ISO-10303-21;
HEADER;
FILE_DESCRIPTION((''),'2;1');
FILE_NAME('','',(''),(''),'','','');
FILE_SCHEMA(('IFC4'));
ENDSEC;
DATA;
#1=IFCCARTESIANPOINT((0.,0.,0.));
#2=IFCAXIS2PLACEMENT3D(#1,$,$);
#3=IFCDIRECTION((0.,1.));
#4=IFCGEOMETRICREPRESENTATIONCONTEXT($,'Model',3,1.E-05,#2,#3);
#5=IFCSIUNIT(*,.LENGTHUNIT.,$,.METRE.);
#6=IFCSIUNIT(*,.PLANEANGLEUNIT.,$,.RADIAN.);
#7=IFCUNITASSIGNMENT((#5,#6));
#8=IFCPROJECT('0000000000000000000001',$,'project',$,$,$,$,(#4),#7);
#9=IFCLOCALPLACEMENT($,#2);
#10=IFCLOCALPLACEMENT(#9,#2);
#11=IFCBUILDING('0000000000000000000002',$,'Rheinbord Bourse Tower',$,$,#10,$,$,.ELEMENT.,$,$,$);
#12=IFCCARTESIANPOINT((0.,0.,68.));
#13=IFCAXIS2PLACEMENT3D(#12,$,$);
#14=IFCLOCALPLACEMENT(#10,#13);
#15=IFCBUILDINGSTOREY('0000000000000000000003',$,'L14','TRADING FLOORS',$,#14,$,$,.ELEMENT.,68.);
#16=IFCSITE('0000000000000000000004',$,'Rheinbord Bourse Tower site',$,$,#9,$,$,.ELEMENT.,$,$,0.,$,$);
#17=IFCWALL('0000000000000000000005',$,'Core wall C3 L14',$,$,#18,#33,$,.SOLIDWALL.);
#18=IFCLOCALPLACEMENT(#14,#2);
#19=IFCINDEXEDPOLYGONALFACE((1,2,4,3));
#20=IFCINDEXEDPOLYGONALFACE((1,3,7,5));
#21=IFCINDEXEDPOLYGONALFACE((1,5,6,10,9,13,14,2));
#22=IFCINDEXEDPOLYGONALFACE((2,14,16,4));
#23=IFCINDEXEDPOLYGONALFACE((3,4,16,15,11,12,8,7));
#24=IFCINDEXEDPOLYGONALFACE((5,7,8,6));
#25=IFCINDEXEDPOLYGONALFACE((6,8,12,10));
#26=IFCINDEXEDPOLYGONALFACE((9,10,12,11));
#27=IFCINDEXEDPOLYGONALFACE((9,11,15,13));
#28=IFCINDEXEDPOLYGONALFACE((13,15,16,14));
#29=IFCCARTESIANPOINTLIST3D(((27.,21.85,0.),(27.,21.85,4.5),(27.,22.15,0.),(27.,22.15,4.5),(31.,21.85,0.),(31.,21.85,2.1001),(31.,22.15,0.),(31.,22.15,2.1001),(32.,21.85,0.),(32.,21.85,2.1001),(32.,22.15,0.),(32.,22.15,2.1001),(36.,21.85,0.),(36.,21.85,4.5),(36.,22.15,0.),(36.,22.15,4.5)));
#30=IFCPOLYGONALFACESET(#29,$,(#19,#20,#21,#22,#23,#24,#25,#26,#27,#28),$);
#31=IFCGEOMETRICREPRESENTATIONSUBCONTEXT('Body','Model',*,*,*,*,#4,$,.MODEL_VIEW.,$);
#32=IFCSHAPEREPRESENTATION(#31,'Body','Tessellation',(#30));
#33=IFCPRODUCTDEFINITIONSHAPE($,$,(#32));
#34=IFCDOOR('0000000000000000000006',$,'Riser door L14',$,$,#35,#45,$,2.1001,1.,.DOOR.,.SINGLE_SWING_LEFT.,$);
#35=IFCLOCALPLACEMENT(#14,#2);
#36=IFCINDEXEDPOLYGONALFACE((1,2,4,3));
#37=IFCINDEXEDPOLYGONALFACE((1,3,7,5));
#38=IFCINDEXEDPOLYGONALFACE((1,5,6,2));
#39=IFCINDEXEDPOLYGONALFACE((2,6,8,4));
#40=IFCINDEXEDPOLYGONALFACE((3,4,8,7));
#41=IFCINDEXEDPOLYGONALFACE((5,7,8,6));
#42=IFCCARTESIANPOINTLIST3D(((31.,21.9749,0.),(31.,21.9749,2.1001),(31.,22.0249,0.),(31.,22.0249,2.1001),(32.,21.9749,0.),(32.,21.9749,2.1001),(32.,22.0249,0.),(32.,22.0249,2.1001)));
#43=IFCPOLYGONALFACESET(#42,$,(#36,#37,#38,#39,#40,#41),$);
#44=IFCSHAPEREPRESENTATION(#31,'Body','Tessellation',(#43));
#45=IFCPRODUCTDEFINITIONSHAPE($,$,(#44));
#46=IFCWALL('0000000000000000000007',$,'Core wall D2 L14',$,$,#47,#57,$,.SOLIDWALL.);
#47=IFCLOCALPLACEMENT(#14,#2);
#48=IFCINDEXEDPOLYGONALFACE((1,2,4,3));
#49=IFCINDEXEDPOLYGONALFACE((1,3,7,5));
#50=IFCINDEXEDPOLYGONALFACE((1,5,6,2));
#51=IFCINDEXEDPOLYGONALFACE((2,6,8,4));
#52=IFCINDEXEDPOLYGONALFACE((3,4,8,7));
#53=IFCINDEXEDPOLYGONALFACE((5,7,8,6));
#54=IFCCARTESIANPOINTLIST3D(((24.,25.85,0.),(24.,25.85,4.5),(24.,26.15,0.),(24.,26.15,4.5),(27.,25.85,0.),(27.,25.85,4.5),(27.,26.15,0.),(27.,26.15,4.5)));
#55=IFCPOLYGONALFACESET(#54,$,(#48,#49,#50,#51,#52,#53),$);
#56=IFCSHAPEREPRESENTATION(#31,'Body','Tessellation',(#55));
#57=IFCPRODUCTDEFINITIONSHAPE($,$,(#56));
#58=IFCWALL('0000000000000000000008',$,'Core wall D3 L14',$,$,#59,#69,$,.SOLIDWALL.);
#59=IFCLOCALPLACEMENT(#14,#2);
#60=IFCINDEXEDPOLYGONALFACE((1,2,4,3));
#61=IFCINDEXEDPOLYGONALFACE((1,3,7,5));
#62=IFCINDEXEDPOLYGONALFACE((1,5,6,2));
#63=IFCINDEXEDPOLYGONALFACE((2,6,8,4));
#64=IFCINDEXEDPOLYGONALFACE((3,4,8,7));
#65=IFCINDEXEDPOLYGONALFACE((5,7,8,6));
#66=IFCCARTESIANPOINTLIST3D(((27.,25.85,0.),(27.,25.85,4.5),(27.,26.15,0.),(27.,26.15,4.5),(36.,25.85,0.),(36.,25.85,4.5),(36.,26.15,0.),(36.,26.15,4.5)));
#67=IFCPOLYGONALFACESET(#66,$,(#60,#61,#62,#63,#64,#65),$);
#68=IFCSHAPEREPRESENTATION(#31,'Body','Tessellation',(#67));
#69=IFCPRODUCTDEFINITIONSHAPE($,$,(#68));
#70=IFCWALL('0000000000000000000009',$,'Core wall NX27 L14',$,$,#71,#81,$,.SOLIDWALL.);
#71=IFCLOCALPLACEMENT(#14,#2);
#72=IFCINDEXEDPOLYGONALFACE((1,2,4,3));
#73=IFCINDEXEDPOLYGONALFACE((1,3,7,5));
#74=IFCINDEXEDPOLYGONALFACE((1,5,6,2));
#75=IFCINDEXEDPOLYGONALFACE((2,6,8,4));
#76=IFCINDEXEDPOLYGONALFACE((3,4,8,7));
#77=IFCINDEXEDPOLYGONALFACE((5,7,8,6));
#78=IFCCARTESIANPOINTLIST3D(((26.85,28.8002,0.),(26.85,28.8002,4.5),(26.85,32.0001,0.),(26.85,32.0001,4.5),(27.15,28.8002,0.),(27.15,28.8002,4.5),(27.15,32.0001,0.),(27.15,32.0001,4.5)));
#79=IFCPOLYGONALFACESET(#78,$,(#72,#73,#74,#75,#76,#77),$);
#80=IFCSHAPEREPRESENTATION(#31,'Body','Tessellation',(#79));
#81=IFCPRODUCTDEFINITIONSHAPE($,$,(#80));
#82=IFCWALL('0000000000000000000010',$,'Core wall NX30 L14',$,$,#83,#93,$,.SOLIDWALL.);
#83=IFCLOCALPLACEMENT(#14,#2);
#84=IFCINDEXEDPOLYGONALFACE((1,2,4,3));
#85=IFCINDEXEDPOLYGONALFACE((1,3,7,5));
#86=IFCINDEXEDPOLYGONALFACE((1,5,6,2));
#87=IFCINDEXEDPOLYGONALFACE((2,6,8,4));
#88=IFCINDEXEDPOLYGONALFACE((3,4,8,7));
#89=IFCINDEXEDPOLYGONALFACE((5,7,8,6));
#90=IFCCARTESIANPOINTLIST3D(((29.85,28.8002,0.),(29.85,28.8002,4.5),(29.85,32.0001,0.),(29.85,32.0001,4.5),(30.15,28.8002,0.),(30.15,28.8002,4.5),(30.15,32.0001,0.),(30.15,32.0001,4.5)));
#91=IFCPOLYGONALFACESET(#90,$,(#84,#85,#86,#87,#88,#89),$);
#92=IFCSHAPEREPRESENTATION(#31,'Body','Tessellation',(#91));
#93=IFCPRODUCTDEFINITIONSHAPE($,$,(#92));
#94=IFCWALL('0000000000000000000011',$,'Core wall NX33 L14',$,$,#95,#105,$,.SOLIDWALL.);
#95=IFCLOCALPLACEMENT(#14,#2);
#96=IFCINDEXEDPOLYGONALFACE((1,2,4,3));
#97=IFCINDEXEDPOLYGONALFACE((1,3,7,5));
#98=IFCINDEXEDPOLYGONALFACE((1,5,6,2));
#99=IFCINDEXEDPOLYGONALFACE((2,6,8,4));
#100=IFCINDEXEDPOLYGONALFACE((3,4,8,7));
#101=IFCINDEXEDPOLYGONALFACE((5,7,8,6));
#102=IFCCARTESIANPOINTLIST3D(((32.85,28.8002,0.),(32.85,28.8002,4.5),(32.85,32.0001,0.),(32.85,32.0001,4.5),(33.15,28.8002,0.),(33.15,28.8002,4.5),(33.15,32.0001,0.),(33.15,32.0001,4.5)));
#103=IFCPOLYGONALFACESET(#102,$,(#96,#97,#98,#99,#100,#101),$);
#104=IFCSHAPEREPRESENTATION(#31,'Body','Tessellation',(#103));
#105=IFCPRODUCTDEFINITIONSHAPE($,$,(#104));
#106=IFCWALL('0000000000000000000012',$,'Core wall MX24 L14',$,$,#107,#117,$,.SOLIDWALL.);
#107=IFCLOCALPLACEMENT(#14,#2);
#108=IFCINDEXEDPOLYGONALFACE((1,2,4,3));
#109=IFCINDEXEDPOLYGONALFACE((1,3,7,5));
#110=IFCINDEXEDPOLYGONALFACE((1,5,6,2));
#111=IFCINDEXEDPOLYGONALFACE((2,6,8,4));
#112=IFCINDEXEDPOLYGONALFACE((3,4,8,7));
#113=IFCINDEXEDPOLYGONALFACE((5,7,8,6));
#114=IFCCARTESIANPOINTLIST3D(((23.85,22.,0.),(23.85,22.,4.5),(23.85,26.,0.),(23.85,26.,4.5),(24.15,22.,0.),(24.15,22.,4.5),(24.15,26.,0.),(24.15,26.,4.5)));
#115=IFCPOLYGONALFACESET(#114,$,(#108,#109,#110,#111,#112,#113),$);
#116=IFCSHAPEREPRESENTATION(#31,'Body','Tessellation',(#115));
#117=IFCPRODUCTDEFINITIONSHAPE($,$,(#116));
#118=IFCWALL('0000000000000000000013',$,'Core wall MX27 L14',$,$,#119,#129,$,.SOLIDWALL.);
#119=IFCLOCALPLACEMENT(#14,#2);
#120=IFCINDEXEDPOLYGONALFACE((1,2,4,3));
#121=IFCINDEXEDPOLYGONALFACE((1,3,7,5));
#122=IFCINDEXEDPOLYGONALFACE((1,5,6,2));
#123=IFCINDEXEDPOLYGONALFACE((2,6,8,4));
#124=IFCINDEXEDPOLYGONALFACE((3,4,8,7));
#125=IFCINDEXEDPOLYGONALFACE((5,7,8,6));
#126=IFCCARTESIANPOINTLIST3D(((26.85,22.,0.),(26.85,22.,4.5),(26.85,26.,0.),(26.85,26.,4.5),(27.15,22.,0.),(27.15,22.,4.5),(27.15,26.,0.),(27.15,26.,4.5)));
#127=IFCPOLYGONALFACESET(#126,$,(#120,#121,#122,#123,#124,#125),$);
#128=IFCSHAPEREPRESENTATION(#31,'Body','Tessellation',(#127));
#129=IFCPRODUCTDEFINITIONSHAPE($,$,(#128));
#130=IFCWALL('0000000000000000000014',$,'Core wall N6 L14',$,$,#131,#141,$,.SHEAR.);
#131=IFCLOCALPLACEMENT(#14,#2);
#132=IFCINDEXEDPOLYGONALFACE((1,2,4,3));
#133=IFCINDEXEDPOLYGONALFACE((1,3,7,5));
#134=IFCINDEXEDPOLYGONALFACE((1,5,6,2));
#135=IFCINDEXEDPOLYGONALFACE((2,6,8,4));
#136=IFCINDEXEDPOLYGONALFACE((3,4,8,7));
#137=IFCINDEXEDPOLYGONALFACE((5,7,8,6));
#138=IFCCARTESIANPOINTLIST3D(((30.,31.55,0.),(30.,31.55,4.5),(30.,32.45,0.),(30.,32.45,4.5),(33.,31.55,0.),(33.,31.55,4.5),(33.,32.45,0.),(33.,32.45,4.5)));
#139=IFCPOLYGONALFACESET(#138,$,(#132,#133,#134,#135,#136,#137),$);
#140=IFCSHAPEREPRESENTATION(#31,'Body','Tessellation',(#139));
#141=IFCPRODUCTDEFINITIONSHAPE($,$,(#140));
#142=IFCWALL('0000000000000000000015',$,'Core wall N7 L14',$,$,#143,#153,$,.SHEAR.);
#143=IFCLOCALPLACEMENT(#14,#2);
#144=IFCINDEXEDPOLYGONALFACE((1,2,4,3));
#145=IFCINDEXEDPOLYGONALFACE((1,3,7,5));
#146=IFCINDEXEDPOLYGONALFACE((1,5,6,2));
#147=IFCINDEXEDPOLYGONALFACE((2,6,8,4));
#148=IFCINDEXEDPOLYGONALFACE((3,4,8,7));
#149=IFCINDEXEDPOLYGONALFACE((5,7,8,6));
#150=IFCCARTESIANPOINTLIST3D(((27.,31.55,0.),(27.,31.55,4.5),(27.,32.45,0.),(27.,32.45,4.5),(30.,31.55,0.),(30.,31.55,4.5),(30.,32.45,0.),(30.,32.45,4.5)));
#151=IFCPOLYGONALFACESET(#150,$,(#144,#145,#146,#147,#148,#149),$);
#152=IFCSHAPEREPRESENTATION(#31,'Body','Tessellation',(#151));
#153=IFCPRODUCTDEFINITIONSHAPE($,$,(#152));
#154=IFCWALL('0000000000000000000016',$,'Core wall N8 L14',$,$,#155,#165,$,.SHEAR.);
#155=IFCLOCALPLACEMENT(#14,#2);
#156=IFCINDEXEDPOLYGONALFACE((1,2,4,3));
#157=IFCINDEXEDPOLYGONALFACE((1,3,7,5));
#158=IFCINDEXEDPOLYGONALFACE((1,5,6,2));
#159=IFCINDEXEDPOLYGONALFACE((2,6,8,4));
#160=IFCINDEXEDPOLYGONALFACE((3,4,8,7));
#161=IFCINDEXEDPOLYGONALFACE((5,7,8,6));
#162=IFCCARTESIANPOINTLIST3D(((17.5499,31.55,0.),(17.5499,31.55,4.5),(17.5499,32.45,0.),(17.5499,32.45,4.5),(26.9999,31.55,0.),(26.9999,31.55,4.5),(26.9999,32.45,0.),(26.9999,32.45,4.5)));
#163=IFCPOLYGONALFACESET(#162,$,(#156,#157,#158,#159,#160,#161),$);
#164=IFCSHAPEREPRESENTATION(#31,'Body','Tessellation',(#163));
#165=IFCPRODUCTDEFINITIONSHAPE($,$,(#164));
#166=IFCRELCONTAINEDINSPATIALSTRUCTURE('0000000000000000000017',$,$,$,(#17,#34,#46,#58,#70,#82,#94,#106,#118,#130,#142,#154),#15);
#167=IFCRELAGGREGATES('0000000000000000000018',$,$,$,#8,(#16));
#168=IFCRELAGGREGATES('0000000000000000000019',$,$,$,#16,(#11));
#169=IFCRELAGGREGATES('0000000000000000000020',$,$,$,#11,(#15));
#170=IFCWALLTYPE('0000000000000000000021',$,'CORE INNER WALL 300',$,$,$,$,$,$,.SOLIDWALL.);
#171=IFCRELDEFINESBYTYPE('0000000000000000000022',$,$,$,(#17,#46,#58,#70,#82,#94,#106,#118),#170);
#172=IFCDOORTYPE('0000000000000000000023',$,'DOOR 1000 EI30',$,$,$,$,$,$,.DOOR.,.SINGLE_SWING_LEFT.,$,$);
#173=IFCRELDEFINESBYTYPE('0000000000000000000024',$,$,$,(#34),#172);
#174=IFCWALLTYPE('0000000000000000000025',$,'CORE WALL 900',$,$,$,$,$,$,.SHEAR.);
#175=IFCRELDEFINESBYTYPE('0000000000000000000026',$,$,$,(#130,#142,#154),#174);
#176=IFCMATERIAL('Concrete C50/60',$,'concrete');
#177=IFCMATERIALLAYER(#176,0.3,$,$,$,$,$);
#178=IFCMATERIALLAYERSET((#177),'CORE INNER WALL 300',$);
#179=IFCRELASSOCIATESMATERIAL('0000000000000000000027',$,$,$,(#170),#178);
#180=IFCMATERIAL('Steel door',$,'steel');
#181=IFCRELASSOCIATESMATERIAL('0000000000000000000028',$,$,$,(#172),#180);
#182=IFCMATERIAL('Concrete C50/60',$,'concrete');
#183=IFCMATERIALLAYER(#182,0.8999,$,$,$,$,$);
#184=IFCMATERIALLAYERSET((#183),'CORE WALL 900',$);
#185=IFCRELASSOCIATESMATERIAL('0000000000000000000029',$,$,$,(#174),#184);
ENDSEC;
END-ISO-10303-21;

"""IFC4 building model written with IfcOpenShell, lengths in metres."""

from ifc_helpers import new_model, si_unit, direction, frame, frame_2d, origin, place, context, subcontext, project, spatial, rectangle, extrude, material, layer, layer_set, type_object, element, fill, save


model = new_model("IFC4")

# Units and contexts
model_context = context("Model", 3, precision=1e-05, world=origin(), true_north=direction((0.0, 1.0)))
body_context = subcontext(model_context, "Body", "Model", "MODEL_VIEW")
ifc_project = project(units=[si_unit("LENGTHUNIT", "METRE"), si_unit("PLANEANGLEUNIT", "RADIAN")], contexts=[model_context])

# Site, building, storey
site_placement = place(None, origin())
site = spatial("IfcSite", under=ifc_project, at=site_placement, Name="Rheinbord Bourse Tower site", CompositionType="ELEMENT", RefElevation=0.0)
building_placement = place(site_placement, origin())
building = spatial("IfcBuilding", under=site, at=building_placement, Name="Rheinbord Bourse Tower", CompositionType="ELEMENT")
storey_placement = place(building_placement, frame((0.0, 0.0, 68.0)))
storey = spatial("IfcBuildingStorey", under=building, at=storey_placement, Name="L14", Description="TRADING FLOORS", CompositionType="ELEMENT", Elevation=68.0)

# Wall, opening, door
ifc_material_1 = material(Name="Concrete C50/60", Category="concrete")
ifc_layer_1 = layer(ifc_material_1, 0.3)
ifc_layer_set_1 = layer_set([ifc_layer_1], Name="CORE INNER WALL 300")
wall_type_1 = type_object("IfcWallType", Name="CORE INNER WALL 300", PredefinedType="SOLIDWALL", material=ifc_layer_set_1)
wall_1_placement = place(storey_placement, frame((27.0, 22.0, 0.0), z_axis=(0.0, 0.0, 1.0), x_axis=(1.0, 0.0, 0.0)))
wall_1 = element("IfcWall", 1, at=wall_1_placement, inside=storey, type_object=wall_type_1, Name="Core wall C3 L14", PredefinedType="SOLIDWALL", context=body_context, shape_type="SweptSolid", body=[
    extrude(rectangle(XDim=9.0, YDim=0.3, at=frame_2d((4.5, 0.0))), origin(), (0.0, 0.0, 1.0), 4.5),
])
opening_1_placement = place(wall_1_placement, frame((4.0, 0.0, 0.0)))
opening_1 = element("IfcOpeningElement", 2, at=opening_1_placement, cuts=wall_1, PredefinedType="OPENING", context=body_context, shape_type="SweptSolid", body=[
    extrude(rectangle(XDim=1.0, YDim=2.1001, at=frame_2d((0.5, 1.05))), frame((0.0, 0.1599, 0.0), z_axis=(0.0, -1.0, 0.0), x_axis=(1.0, 0.0, 0.0)), (0.0, 0.0, 1.0), 0.3201),
])
ifc_material_2 = material(Name="Steel door", Category="steel")
door_type_1 = type_object("IfcDoorType", Name="DOOR 1000 EI30", OperationType="SINGLE_SWING_LEFT", PredefinedType="DOOR", material=ifc_material_2)
door_1_placement = place(opening_1_placement, origin())
door_1 = element("IfcDoor", 3, at=door_1_placement, inside=storey, type_object=door_type_1, Name="Riser door L14", OperationType="SINGLE_SWING_LEFT", OverallHeight=2.1001, OverallWidth=1.0, PredefinedType="DOOR", context=body_context, shape_type="SweptSolid", body=[
    extrude(rectangle(XDim=1.0, YDim=2.1001, at=frame_2d((0.5, 1.05))), frame((0.0, 0.0249, 0.0), z_axis=(0.0, -1.0, 0.0), x_axis=(1.0, 0.0, 0.0)), (0.0, 0.0, 1.0), 0.05),
])
fill(opening_1, door_1)

# Walls
wall_2_placement = place(storey_placement, frame((24.0, 26.0, 0.0), z_axis=(0.0, 0.0, 1.0), x_axis=(1.0, 0.0, 0.0)))
element("IfcWall", 4, at=wall_2_placement, inside=storey, type_object=wall_type_1, Name="Core wall D2 L14", PredefinedType="SOLIDWALL", context=body_context, shape_type="SweptSolid", body=[
    extrude(rectangle(XDim=3.0, YDim=0.3, at=frame_2d((1.5, 0.0))), origin(), (0.0, 0.0, 1.0), 4.5),
])
wall_3_placement = place(storey_placement, frame((27.0, 26.0, 0.0), z_axis=(0.0, 0.0, 1.0), x_axis=(1.0, 0.0, 0.0)))
element("IfcWall", 5, at=wall_3_placement, inside=storey, type_object=wall_type_1, Name="Core wall D3 L14", PredefinedType="SOLIDWALL", context=body_context, shape_type="SweptSolid", body=[
    extrude(rectangle(XDim=9.0, YDim=0.3, at=frame_2d((4.5, 0.0))), origin(), (0.0, 0.0, 1.0), 4.5),
])
for number, where, z_axis, x_axis, name in (
    (6, (27.0, 28.8, 0.0), (0.0, 0.0, 1.0), (0.0, 1.0, 0.0), "Core wall NX27 L14"),
    (7, (30.0, 28.8, 0.0), (0.0, 0.0, 1.0), (0.0, 1.0, 0.0), "Core wall NX30 L14"),
    (8, (33.0, 28.8, 0.0), (0.0, 0.0, 1.0), (0.0, 1.0, 0.0), "Core wall NX33 L14"),
):
    element("IfcWall", number, at=place(storey_placement, frame(where, z_axis=z_axis, x_axis=x_axis)), inside=storey, type_object=wall_type_1, Name=name, PredefinedType="SOLIDWALL", context=body_context, shape_type="SweptSolid", body=[
        extrude(rectangle(XDim=3.2, YDim=0.3, at=frame_2d((1.6001, 0.0))), origin(), (0.0, 0.0, 1.0), 4.5),
    ])
for number, where, z_axis, x_axis, name in (
    (9, (24.0, 22.0, 0.0), (0.0, 0.0, 1.0), (0.0, 1.0, 0.0), "Core wall MX24 L14"),
    (10, (27.0, 22.0, 0.0), (0.0, 0.0, 1.0), (0.0, 1.0, 0.0), "Core wall MX27 L14"),
):
    element("IfcWall", number, at=place(storey_placement, frame(where, z_axis=z_axis, x_axis=x_axis)), inside=storey, type_object=wall_type_1, Name=name, PredefinedType="SOLIDWALL", context=body_context, shape_type="SweptSolid", body=[
        extrude(rectangle(XDim=4.0, YDim=0.3, at=frame_2d((2.0, 0.0))), origin(), (0.0, 0.0, 1.0), 4.5),
    ])
ifc_material_3 = material(Name="Concrete C50/60", Category="concrete")
ifc_layer_2 = layer(ifc_material_3, 0.8999)
ifc_layer_set_2 = layer_set([ifc_layer_2], Name="CORE WALL 900")
wall_type_2 = type_object("IfcWallType", Name="CORE WALL 900", PredefinedType="SHEAR", material=ifc_layer_set_2)
for number, where, z_axis, x_axis, name in (
    (11, (33.0, 32.0, 0.0), (0.0, 0.0, 1.0), (-1.0, 0.0, 0.0), "Core wall N6 L14"),
    (12, (30.0, 32.0, 0.0), (0.0, 0.0, 1.0), (-1.0, 0.0, 0.0), "Core wall N7 L14"),
):
    element("IfcWall", number, at=place(storey_placement, frame(where, z_axis=z_axis, x_axis=x_axis)), inside=storey, type_object=wall_type_2, Name=name, PredefinedType="SHEAR", context=body_context, shape_type="SweptSolid", body=[
        extrude(rectangle(XDim=3.0, YDim=0.8999, at=frame_2d((1.5, 0.0))), origin(), (0.0, 0.0, 1.0), 4.5),
    ])
wall_4_placement = place(storey_placement, frame((27.0, 32.0, 0.0), z_axis=(0.0, 0.0, 1.0), x_axis=(-1.0, 0.0, 0.0)))
element("IfcWall", 13, at=wall_4_placement, inside=storey, type_object=wall_type_2, Name="Core wall N8 L14", PredefinedType="SHEAR", context=body_context, shape_type="SweptSolid", body=[
    extrude(rectangle(XDim=9.45, YDim=0.8999, at=frame_2d((4.7251, 0.0))), origin(), (0.0, 0.0, 1.0), 4.5),
])

save(model, "model.ifc")
